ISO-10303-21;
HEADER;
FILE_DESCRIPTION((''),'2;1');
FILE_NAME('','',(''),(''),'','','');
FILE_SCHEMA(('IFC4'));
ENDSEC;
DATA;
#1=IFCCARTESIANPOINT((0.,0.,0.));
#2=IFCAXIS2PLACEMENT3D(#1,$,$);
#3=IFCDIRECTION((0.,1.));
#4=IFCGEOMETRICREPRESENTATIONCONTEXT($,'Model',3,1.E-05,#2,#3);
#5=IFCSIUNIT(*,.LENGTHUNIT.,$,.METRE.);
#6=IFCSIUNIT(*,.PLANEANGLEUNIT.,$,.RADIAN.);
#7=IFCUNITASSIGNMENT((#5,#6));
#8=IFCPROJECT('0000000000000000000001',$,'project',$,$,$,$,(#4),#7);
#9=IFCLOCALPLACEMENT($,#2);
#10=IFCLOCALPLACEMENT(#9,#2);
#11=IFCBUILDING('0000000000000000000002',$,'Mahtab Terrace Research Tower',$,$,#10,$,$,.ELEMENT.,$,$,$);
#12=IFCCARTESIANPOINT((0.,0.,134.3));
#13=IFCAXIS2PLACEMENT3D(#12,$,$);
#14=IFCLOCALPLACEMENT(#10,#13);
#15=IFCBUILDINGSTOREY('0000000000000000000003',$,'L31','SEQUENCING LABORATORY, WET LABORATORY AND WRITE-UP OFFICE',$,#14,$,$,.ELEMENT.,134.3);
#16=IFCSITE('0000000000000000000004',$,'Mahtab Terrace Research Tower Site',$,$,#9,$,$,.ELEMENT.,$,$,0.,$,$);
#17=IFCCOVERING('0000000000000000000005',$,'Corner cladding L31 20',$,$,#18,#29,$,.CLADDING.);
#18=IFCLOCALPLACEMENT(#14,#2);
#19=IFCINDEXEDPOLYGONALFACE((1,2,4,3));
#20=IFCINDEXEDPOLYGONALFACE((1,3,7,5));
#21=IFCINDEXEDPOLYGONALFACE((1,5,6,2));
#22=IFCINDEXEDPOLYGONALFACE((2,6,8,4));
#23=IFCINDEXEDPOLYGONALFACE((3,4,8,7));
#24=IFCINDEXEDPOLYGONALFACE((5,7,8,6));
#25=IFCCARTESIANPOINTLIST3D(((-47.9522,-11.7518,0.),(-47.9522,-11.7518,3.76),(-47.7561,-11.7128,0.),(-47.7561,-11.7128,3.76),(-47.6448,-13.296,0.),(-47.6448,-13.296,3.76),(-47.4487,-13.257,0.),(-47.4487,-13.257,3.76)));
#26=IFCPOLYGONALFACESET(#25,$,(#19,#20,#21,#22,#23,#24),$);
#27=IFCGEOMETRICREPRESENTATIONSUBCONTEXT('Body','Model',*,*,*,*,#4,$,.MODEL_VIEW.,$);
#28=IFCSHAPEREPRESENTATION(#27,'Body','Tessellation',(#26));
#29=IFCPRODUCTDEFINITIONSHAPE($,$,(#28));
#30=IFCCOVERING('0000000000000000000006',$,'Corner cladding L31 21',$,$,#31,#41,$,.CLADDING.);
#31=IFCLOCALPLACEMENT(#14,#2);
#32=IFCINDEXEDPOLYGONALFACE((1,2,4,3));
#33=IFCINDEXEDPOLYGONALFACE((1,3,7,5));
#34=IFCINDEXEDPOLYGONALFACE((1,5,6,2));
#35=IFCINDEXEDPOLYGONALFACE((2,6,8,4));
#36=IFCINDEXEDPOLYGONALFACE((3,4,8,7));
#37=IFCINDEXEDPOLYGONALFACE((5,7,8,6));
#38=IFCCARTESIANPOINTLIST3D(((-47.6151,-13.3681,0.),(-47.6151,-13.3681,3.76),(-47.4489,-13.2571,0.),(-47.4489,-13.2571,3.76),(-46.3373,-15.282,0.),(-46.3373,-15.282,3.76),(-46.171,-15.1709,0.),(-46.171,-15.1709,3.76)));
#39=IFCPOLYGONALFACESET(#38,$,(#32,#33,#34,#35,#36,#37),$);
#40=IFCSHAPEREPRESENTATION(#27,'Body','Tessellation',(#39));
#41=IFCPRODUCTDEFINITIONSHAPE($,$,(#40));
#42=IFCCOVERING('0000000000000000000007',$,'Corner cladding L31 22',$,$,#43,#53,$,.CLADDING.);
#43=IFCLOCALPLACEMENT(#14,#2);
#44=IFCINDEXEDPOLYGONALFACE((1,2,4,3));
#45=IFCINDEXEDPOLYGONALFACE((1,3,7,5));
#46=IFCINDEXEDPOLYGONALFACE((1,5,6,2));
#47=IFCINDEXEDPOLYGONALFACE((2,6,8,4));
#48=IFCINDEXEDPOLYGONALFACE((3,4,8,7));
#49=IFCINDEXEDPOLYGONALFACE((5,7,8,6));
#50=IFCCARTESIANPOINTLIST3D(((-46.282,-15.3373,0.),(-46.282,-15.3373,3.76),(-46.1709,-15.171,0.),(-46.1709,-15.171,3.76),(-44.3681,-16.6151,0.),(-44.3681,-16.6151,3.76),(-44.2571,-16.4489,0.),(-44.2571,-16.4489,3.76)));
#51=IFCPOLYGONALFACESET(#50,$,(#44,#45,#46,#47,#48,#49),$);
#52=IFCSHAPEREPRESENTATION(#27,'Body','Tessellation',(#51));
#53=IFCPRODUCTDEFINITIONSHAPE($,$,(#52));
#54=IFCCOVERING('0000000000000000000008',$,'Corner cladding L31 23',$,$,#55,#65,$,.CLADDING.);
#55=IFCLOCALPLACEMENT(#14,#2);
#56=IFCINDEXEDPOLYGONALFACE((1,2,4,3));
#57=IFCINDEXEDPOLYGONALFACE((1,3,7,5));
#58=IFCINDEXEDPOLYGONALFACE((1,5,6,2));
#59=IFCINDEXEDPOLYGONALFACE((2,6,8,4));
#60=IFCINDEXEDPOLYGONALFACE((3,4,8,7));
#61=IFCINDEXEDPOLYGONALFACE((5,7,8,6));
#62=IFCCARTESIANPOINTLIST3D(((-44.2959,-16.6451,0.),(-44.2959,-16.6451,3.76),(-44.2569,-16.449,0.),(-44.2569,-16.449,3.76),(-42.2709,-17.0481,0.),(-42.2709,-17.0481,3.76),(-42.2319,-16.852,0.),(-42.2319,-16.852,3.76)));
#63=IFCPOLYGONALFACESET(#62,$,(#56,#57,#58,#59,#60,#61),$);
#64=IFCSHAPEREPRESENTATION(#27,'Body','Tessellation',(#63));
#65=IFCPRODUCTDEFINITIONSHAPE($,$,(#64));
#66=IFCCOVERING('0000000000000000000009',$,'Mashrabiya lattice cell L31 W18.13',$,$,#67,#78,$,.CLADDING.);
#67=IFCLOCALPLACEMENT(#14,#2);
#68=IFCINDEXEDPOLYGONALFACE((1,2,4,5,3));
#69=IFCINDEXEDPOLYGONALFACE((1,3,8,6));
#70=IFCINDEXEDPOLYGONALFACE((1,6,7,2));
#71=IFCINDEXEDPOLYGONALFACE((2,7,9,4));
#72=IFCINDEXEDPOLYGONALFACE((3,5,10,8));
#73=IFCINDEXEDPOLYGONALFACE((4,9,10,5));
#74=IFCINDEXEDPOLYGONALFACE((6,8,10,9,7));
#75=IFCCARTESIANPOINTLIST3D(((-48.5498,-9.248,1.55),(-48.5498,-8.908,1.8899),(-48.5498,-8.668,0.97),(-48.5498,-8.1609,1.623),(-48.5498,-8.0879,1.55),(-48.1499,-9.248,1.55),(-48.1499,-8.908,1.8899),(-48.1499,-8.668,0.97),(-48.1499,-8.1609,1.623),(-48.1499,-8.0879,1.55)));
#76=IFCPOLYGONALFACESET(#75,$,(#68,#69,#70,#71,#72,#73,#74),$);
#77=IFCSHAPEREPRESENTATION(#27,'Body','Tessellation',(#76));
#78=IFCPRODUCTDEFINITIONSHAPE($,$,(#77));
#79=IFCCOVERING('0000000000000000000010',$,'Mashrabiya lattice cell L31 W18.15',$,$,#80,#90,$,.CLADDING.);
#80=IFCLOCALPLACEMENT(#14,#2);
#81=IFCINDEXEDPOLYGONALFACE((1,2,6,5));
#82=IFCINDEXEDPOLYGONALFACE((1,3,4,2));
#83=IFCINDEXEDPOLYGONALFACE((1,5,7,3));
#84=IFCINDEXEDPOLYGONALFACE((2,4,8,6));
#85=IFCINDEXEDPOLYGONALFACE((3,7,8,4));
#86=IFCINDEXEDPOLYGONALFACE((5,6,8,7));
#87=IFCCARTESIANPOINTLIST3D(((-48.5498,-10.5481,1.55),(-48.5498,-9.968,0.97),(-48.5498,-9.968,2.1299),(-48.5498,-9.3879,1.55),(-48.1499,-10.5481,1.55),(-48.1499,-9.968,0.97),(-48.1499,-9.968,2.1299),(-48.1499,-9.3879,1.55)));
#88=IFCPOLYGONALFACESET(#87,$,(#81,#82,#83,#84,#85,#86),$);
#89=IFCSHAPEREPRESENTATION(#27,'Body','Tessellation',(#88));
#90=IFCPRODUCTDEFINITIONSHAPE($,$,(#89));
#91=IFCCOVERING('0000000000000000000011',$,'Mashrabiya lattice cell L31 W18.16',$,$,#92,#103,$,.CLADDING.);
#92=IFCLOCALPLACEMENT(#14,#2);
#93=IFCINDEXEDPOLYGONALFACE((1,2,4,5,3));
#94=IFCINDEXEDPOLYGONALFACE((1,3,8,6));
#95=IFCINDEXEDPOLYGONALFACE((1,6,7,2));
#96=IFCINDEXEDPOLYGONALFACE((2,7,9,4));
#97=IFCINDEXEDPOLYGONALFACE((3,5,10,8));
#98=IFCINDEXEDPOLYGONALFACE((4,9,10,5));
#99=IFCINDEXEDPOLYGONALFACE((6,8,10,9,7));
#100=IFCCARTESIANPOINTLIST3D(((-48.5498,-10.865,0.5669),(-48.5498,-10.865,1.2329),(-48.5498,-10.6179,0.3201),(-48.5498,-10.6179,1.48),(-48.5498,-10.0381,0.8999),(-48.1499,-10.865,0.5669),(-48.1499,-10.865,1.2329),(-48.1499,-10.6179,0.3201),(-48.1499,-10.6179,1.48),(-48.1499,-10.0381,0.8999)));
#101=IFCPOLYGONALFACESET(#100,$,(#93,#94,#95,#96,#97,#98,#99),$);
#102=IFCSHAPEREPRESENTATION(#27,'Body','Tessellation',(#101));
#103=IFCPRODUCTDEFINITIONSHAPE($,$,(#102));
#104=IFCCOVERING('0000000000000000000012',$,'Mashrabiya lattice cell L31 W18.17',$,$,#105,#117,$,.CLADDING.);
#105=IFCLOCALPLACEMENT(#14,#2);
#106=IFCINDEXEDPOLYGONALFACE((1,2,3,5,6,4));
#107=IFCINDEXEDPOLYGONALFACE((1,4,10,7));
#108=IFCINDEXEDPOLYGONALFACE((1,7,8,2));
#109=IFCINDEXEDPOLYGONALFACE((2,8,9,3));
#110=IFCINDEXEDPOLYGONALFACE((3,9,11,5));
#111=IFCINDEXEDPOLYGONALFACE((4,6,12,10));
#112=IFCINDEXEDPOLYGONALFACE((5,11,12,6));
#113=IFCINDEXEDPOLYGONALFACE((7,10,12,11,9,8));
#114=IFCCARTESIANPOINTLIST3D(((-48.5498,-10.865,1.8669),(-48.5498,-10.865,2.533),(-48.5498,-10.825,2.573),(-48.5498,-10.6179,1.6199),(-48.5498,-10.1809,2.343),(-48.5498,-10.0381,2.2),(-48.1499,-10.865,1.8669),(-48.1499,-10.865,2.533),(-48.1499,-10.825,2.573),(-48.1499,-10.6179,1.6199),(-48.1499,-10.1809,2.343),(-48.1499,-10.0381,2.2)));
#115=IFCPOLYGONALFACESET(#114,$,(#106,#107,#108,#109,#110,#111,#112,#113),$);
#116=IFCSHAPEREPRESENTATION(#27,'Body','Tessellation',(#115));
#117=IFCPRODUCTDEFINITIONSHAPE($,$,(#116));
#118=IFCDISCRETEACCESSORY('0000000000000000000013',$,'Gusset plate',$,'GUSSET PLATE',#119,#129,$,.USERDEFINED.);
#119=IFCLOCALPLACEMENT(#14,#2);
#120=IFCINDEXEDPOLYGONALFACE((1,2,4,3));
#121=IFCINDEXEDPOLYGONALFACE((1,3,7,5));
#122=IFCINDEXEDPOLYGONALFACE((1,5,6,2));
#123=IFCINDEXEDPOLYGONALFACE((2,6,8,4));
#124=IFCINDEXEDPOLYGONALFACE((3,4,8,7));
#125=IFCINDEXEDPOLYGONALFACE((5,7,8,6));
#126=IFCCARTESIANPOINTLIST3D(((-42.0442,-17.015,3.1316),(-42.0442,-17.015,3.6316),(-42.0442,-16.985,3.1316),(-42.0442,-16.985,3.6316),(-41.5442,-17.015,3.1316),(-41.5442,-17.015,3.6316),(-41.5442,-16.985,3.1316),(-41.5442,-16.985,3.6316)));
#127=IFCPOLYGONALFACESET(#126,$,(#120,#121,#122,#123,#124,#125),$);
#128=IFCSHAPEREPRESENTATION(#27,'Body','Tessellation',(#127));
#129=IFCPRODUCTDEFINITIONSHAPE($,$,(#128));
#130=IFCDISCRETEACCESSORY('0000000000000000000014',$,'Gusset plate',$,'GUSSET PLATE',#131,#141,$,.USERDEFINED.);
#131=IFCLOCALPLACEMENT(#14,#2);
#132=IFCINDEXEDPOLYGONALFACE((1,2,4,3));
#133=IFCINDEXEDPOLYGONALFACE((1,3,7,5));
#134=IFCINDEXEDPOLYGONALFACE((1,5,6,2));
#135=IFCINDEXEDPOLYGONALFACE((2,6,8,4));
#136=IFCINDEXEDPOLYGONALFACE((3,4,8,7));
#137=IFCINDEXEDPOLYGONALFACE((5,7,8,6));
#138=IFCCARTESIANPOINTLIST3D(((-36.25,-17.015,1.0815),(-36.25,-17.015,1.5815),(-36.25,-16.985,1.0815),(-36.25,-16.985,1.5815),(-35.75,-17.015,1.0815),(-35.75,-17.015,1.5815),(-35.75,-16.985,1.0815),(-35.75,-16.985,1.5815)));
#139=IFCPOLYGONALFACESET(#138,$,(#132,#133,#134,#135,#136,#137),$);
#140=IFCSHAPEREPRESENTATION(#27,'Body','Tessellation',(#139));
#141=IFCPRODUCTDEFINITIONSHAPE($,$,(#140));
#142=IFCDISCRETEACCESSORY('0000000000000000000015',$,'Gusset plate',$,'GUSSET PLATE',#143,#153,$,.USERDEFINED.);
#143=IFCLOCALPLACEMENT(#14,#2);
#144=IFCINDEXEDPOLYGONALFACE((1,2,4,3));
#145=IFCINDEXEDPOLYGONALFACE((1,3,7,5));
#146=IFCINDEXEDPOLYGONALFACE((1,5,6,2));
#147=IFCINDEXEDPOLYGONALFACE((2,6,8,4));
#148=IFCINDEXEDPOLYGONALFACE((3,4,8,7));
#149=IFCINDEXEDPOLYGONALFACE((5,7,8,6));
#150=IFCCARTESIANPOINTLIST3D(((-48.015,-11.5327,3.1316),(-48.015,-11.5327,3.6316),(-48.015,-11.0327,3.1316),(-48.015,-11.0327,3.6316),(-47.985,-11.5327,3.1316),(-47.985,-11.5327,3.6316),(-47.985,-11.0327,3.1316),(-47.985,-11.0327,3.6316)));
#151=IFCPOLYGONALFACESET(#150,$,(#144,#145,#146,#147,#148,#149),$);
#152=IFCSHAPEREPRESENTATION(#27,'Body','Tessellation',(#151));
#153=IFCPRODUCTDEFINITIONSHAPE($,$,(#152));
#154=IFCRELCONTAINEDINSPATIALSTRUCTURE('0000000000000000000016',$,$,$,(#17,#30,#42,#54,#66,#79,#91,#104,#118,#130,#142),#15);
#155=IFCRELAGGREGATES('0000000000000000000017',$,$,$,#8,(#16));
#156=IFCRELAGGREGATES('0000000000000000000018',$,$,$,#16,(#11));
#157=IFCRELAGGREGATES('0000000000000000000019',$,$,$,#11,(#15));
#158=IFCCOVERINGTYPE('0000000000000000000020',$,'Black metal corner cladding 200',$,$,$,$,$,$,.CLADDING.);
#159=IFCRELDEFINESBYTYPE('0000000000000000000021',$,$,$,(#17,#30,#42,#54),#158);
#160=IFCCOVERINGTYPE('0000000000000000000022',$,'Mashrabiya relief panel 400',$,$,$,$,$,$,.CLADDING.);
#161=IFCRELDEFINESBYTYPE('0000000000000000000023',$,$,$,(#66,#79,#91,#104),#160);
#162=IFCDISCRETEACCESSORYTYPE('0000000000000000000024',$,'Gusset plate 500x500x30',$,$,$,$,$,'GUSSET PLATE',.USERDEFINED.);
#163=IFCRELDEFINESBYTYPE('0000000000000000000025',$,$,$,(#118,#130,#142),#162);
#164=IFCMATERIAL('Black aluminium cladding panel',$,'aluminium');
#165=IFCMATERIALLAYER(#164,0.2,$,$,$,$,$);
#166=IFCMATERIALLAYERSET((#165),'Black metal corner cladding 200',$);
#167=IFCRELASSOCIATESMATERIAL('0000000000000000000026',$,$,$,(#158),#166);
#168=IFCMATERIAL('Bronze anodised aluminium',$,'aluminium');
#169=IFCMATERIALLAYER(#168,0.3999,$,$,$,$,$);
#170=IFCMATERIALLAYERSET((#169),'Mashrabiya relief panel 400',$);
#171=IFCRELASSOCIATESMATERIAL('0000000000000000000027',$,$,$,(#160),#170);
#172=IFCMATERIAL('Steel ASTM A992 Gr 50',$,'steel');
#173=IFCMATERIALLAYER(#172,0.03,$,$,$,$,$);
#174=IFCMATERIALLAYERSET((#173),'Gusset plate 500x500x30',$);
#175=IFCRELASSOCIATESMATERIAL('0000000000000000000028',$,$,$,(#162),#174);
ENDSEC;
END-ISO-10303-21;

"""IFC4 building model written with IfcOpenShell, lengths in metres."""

from ifc_helpers import new_model, si_unit, direction, frame, origin, origin_2d, place, context, subcontext, project, spatial, polyline, rectangle, outline, extrude, material, layer, layer_set, type_object, element, save


model = new_model("IFC4")

# Units and contexts
model_context = context("Model", 3, precision=1e-05, world=origin(), true_north=direction((0.0, 1.0)))
body_context = subcontext(model_context, "Body", "Model", "MODEL_VIEW")
ifc_project = project(units=[si_unit("LENGTHUNIT", "METRE"), si_unit("PLANEANGLEUNIT", "RADIAN")], contexts=[model_context])

# Site, building, storey
site_placement = place(None, origin())
site = spatial("IfcSite", under=ifc_project, at=site_placement, Name="Mahtab Terrace Research Tower Site", CompositionType="ELEMENT", RefElevation=0.0)
building_placement = place(site_placement, origin())
building = spatial("IfcBuilding", under=site, at=building_placement, Name="Mahtab Terrace Research Tower", CompositionType="ELEMENT")
storey_placement = place(building_placement, frame((0.0, 0.0, 134.3)))
storey = spatial("IfcBuildingStorey", under=building, at=storey_placement, Name="L31", Description="SEQUENCING LABORATORY, WET LABORATORY AND WRITE-UP OFFICE", CompositionType="ELEMENT", Elevation=134.3)

# Shared definitions
ifc_material_1 = material(Name="Steel ASTM A992 Gr 50", Category="steel")

# Shared definitions
ifc_material_2 = material(Name="Black aluminium cladding panel", Category="aluminium")

# Coverings
ifc_layer_1 = layer(ifc_material_2, 0.2)
ifc_layer_set_1 = layer_set([ifc_layer_1], Name="Black metal corner cladding 200")
covering_type_1 = type_object("IfcCoveringType", Name="Black metal corner cladding 200", PredefinedType="CLADDING", material=ifc_layer_set_1)
covering_1_placement = place(storey_placement, frame((-47.7004, -12.5044, 0.0), z_axis=(0.0, 0.0, 1.0), x_axis=(0.195212, -0.980761, 0.0)))
element("IfcCovering", 1, at=covering_1_placement, inside=storey, type_object=covering_type_1, Name="Corner cladding L31 20", PredefinedType="CLADDING", context=body_context, shape_type="SweptSolid", body=[
    extrude(rectangle(XDim=1.5745, YDim=0.2, at=origin_2d()), origin(), (0.0, 0.0, 1.0), 3.76),
])
for number, where, z_axis, x_axis, name in (
    (2, (-46.8931, -14.2695, 0.0), (0.0, 0.0, 1.0), (0.555291, -0.831656, 0.0), "Corner cladding L31 21"),
    (3, (-45.2695, -15.8931, 0.0), (0.0, 0.0, 1.0), (0.831656, -0.555291, 0.0), "Corner cladding L31 22"),
):
    element("IfcCovering", number, at=place(storey_placement, frame(where, z_axis=z_axis, x_axis=x_axis)), inside=storey, type_object=covering_type_1, Name=name, PredefinedType="CLADDING", context=body_context, shape_type="SweptSolid", body=[
        extrude(rectangle(XDim=2.3013, YDim=0.2, at=origin_2d()), origin(), (0.0, 0.0, 1.0), 3.76),
    ])
covering_2_placement = place(storey_placement, frame((-43.2639, -16.7485, 0.0), z_axis=(0.0, 0.0, 1.0), x_axis=(0.980761, -0.195212, 0.0)))
element("IfcCovering", 4, at=covering_2_placement, inside=storey, type_object=covering_type_1, Name="Corner cladding L31 23", PredefinedType="CLADDING", context=body_context, shape_type="SweptSolid", body=[
    extrude(rectangle(XDim=2.0647, YDim=0.2, at=origin_2d()), origin(), (0.0, 0.0, 1.0), 3.76),
])
ifc_material_3 = material(Name="Bronze anodised aluminium", Category="aluminium")
ifc_layer_2 = layer(ifc_material_3, 0.3999)
ifc_layer_set_2 = layer_set([ifc_layer_2], Name="Mashrabiya relief panel 400")
covering_type_2 = type_object("IfcCoveringType", Name="Mashrabiya relief panel 400", PredefinedType="CLADDING", material=ifc_layer_set_2)
covering_3_placement = place(storey_placement, frame((-48.1499, -9.248, 1.55), z_axis=(1.0, 0.0, 0.0), x_axis=(0.0, 0.707107, -0.707107)))
element("IfcCovering", 5, at=covering_3_placement, inside=storey, type_object=covering_type_2, Name="Mashrabiya lattice cell L31 W18.13", PredefinedType="CLADDING", context=body_context, shape_type="SweptSolid", body=[
    extrude(outline(polyline([(0.0, 0.0), (0.8204, 0.0), (0.8204, 0.8204), (0.7171, 0.8204), (0.0002, 0.4808), (0.0, 0.0)])), origin(), (0.0, 0.0, -1.0), 0.3999),
])
covering_4_placement = place(storey_placement, frame((-48.1499, -9.968, 2.1299), z_axis=(1.0, 0.0, 0.0), x_axis=(0.0, -0.707256, -0.706958)))
element("IfcCovering", 6, at=covering_4_placement, inside=storey, type_object=covering_type_2, Name="Mashrabiya lattice cell L31 W18.15", PredefinedType="CLADDING", context=body_context, shape_type="SweptSolid", body=[
    extrude(outline(polyline([(0.0, 0.0), (0.8202, 0.0), (0.82, 0.8204), (-0.0003, 0.8202), (0.0, 0.0)])), origin(), (0.0, 0.0, -1.0), 0.3999),
])
covering_5_placement = place(storey_placement, frame((-48.1499, -10.6179, 0.3201), z_axis=(1.0, 0.0, 0.0), x_axis=(0.0, 0.707107, 0.707107)))
element("IfcCovering", 7, at=covering_5_placement, inside=storey, type_object=covering_type_2, Name="Mashrabiya lattice cell L31 W18.16", PredefinedType="CLADDING", context=body_context, shape_type="SweptSolid", body=[
    extrude(outline(polyline([(0.0, 0.0), (0.82, 0.0), (0.8202, 0.8202), (0.4708, 0.8202), (-0.0002, 0.3492), (0.0, 0.0)])), origin(), (0.0, 0.0, -1.0), 0.3999),
])
covering_6_placement = place(storey_placement, frame((-48.1499, -10.6179, 1.6199), z_axis=(1.0, 0.0, 0.0), x_axis=(0.0, 0.706958, 0.707256)))
element("IfcCovering", 8, at=covering_6_placement, inside=storey, type_object=covering_type_2, Name="Mashrabiya lattice cell L31 W18.17", PredefinedType="CLADDING", context=body_context, shape_type="SweptSolid", body=[
    extrude(outline(polyline([(0.0, 0.0), (0.8202, 0.0), (0.8204, 0.2022), (0.5277, 0.8202), (0.4711, 0.8203), (0.0001, 0.3494), (0.0, 0.0)])), origin(), (0.0, 0.0, -1.0), 0.3999),
])

# Discrete accessories
ifc_layer_3 = layer(ifc_material_1, 0.03)
ifc_layer_set_3 = layer_set([ifc_layer_3], Name="Gusset plate 500x500x30")
discrete_accessory_type = type_object("IfcDiscreteAccessoryType", Name="Gusset plate 500x500x30", ElementType="GUSSET PLATE", PredefinedType="USERDEFINED", material=ifc_layer_set_3)
for number, where, z_axis, x_axis, name in (
    (9, (-41.7942, -17.0, 3.1316), (0.0, 0.0, 1.0), (1.0, 0.0, 0.0), "Gusset plate"),
    (10, (-36.0, -17.0, 1.0815), (0.0, 0.0, 1.0), (1.0, 0.0, 0.0), "Gusset plate"),
    (11, (-48.0, -11.2827, 3.1316), (0.0, 0.0, 1.0), (0.0, 1.0, 0.0), "Gusset plate"),
):
    element("IfcDiscreteAccessory", number, at=place(storey_placement, frame(where, z_axis=z_axis, x_axis=x_axis)), inside=storey, type_object=discrete_accessory_type, Name=name, ObjectType="GUSSET PLATE", PredefinedType="USERDEFINED", context=body_context, shape_type="SweptSolid", body=[
        extrude(rectangle(XDim=0.5, YDim=0.03, at=origin_2d()), origin(), (0.0, 0.0, 1.0), 0.5),
    ])

save(model, "model.ifc")
